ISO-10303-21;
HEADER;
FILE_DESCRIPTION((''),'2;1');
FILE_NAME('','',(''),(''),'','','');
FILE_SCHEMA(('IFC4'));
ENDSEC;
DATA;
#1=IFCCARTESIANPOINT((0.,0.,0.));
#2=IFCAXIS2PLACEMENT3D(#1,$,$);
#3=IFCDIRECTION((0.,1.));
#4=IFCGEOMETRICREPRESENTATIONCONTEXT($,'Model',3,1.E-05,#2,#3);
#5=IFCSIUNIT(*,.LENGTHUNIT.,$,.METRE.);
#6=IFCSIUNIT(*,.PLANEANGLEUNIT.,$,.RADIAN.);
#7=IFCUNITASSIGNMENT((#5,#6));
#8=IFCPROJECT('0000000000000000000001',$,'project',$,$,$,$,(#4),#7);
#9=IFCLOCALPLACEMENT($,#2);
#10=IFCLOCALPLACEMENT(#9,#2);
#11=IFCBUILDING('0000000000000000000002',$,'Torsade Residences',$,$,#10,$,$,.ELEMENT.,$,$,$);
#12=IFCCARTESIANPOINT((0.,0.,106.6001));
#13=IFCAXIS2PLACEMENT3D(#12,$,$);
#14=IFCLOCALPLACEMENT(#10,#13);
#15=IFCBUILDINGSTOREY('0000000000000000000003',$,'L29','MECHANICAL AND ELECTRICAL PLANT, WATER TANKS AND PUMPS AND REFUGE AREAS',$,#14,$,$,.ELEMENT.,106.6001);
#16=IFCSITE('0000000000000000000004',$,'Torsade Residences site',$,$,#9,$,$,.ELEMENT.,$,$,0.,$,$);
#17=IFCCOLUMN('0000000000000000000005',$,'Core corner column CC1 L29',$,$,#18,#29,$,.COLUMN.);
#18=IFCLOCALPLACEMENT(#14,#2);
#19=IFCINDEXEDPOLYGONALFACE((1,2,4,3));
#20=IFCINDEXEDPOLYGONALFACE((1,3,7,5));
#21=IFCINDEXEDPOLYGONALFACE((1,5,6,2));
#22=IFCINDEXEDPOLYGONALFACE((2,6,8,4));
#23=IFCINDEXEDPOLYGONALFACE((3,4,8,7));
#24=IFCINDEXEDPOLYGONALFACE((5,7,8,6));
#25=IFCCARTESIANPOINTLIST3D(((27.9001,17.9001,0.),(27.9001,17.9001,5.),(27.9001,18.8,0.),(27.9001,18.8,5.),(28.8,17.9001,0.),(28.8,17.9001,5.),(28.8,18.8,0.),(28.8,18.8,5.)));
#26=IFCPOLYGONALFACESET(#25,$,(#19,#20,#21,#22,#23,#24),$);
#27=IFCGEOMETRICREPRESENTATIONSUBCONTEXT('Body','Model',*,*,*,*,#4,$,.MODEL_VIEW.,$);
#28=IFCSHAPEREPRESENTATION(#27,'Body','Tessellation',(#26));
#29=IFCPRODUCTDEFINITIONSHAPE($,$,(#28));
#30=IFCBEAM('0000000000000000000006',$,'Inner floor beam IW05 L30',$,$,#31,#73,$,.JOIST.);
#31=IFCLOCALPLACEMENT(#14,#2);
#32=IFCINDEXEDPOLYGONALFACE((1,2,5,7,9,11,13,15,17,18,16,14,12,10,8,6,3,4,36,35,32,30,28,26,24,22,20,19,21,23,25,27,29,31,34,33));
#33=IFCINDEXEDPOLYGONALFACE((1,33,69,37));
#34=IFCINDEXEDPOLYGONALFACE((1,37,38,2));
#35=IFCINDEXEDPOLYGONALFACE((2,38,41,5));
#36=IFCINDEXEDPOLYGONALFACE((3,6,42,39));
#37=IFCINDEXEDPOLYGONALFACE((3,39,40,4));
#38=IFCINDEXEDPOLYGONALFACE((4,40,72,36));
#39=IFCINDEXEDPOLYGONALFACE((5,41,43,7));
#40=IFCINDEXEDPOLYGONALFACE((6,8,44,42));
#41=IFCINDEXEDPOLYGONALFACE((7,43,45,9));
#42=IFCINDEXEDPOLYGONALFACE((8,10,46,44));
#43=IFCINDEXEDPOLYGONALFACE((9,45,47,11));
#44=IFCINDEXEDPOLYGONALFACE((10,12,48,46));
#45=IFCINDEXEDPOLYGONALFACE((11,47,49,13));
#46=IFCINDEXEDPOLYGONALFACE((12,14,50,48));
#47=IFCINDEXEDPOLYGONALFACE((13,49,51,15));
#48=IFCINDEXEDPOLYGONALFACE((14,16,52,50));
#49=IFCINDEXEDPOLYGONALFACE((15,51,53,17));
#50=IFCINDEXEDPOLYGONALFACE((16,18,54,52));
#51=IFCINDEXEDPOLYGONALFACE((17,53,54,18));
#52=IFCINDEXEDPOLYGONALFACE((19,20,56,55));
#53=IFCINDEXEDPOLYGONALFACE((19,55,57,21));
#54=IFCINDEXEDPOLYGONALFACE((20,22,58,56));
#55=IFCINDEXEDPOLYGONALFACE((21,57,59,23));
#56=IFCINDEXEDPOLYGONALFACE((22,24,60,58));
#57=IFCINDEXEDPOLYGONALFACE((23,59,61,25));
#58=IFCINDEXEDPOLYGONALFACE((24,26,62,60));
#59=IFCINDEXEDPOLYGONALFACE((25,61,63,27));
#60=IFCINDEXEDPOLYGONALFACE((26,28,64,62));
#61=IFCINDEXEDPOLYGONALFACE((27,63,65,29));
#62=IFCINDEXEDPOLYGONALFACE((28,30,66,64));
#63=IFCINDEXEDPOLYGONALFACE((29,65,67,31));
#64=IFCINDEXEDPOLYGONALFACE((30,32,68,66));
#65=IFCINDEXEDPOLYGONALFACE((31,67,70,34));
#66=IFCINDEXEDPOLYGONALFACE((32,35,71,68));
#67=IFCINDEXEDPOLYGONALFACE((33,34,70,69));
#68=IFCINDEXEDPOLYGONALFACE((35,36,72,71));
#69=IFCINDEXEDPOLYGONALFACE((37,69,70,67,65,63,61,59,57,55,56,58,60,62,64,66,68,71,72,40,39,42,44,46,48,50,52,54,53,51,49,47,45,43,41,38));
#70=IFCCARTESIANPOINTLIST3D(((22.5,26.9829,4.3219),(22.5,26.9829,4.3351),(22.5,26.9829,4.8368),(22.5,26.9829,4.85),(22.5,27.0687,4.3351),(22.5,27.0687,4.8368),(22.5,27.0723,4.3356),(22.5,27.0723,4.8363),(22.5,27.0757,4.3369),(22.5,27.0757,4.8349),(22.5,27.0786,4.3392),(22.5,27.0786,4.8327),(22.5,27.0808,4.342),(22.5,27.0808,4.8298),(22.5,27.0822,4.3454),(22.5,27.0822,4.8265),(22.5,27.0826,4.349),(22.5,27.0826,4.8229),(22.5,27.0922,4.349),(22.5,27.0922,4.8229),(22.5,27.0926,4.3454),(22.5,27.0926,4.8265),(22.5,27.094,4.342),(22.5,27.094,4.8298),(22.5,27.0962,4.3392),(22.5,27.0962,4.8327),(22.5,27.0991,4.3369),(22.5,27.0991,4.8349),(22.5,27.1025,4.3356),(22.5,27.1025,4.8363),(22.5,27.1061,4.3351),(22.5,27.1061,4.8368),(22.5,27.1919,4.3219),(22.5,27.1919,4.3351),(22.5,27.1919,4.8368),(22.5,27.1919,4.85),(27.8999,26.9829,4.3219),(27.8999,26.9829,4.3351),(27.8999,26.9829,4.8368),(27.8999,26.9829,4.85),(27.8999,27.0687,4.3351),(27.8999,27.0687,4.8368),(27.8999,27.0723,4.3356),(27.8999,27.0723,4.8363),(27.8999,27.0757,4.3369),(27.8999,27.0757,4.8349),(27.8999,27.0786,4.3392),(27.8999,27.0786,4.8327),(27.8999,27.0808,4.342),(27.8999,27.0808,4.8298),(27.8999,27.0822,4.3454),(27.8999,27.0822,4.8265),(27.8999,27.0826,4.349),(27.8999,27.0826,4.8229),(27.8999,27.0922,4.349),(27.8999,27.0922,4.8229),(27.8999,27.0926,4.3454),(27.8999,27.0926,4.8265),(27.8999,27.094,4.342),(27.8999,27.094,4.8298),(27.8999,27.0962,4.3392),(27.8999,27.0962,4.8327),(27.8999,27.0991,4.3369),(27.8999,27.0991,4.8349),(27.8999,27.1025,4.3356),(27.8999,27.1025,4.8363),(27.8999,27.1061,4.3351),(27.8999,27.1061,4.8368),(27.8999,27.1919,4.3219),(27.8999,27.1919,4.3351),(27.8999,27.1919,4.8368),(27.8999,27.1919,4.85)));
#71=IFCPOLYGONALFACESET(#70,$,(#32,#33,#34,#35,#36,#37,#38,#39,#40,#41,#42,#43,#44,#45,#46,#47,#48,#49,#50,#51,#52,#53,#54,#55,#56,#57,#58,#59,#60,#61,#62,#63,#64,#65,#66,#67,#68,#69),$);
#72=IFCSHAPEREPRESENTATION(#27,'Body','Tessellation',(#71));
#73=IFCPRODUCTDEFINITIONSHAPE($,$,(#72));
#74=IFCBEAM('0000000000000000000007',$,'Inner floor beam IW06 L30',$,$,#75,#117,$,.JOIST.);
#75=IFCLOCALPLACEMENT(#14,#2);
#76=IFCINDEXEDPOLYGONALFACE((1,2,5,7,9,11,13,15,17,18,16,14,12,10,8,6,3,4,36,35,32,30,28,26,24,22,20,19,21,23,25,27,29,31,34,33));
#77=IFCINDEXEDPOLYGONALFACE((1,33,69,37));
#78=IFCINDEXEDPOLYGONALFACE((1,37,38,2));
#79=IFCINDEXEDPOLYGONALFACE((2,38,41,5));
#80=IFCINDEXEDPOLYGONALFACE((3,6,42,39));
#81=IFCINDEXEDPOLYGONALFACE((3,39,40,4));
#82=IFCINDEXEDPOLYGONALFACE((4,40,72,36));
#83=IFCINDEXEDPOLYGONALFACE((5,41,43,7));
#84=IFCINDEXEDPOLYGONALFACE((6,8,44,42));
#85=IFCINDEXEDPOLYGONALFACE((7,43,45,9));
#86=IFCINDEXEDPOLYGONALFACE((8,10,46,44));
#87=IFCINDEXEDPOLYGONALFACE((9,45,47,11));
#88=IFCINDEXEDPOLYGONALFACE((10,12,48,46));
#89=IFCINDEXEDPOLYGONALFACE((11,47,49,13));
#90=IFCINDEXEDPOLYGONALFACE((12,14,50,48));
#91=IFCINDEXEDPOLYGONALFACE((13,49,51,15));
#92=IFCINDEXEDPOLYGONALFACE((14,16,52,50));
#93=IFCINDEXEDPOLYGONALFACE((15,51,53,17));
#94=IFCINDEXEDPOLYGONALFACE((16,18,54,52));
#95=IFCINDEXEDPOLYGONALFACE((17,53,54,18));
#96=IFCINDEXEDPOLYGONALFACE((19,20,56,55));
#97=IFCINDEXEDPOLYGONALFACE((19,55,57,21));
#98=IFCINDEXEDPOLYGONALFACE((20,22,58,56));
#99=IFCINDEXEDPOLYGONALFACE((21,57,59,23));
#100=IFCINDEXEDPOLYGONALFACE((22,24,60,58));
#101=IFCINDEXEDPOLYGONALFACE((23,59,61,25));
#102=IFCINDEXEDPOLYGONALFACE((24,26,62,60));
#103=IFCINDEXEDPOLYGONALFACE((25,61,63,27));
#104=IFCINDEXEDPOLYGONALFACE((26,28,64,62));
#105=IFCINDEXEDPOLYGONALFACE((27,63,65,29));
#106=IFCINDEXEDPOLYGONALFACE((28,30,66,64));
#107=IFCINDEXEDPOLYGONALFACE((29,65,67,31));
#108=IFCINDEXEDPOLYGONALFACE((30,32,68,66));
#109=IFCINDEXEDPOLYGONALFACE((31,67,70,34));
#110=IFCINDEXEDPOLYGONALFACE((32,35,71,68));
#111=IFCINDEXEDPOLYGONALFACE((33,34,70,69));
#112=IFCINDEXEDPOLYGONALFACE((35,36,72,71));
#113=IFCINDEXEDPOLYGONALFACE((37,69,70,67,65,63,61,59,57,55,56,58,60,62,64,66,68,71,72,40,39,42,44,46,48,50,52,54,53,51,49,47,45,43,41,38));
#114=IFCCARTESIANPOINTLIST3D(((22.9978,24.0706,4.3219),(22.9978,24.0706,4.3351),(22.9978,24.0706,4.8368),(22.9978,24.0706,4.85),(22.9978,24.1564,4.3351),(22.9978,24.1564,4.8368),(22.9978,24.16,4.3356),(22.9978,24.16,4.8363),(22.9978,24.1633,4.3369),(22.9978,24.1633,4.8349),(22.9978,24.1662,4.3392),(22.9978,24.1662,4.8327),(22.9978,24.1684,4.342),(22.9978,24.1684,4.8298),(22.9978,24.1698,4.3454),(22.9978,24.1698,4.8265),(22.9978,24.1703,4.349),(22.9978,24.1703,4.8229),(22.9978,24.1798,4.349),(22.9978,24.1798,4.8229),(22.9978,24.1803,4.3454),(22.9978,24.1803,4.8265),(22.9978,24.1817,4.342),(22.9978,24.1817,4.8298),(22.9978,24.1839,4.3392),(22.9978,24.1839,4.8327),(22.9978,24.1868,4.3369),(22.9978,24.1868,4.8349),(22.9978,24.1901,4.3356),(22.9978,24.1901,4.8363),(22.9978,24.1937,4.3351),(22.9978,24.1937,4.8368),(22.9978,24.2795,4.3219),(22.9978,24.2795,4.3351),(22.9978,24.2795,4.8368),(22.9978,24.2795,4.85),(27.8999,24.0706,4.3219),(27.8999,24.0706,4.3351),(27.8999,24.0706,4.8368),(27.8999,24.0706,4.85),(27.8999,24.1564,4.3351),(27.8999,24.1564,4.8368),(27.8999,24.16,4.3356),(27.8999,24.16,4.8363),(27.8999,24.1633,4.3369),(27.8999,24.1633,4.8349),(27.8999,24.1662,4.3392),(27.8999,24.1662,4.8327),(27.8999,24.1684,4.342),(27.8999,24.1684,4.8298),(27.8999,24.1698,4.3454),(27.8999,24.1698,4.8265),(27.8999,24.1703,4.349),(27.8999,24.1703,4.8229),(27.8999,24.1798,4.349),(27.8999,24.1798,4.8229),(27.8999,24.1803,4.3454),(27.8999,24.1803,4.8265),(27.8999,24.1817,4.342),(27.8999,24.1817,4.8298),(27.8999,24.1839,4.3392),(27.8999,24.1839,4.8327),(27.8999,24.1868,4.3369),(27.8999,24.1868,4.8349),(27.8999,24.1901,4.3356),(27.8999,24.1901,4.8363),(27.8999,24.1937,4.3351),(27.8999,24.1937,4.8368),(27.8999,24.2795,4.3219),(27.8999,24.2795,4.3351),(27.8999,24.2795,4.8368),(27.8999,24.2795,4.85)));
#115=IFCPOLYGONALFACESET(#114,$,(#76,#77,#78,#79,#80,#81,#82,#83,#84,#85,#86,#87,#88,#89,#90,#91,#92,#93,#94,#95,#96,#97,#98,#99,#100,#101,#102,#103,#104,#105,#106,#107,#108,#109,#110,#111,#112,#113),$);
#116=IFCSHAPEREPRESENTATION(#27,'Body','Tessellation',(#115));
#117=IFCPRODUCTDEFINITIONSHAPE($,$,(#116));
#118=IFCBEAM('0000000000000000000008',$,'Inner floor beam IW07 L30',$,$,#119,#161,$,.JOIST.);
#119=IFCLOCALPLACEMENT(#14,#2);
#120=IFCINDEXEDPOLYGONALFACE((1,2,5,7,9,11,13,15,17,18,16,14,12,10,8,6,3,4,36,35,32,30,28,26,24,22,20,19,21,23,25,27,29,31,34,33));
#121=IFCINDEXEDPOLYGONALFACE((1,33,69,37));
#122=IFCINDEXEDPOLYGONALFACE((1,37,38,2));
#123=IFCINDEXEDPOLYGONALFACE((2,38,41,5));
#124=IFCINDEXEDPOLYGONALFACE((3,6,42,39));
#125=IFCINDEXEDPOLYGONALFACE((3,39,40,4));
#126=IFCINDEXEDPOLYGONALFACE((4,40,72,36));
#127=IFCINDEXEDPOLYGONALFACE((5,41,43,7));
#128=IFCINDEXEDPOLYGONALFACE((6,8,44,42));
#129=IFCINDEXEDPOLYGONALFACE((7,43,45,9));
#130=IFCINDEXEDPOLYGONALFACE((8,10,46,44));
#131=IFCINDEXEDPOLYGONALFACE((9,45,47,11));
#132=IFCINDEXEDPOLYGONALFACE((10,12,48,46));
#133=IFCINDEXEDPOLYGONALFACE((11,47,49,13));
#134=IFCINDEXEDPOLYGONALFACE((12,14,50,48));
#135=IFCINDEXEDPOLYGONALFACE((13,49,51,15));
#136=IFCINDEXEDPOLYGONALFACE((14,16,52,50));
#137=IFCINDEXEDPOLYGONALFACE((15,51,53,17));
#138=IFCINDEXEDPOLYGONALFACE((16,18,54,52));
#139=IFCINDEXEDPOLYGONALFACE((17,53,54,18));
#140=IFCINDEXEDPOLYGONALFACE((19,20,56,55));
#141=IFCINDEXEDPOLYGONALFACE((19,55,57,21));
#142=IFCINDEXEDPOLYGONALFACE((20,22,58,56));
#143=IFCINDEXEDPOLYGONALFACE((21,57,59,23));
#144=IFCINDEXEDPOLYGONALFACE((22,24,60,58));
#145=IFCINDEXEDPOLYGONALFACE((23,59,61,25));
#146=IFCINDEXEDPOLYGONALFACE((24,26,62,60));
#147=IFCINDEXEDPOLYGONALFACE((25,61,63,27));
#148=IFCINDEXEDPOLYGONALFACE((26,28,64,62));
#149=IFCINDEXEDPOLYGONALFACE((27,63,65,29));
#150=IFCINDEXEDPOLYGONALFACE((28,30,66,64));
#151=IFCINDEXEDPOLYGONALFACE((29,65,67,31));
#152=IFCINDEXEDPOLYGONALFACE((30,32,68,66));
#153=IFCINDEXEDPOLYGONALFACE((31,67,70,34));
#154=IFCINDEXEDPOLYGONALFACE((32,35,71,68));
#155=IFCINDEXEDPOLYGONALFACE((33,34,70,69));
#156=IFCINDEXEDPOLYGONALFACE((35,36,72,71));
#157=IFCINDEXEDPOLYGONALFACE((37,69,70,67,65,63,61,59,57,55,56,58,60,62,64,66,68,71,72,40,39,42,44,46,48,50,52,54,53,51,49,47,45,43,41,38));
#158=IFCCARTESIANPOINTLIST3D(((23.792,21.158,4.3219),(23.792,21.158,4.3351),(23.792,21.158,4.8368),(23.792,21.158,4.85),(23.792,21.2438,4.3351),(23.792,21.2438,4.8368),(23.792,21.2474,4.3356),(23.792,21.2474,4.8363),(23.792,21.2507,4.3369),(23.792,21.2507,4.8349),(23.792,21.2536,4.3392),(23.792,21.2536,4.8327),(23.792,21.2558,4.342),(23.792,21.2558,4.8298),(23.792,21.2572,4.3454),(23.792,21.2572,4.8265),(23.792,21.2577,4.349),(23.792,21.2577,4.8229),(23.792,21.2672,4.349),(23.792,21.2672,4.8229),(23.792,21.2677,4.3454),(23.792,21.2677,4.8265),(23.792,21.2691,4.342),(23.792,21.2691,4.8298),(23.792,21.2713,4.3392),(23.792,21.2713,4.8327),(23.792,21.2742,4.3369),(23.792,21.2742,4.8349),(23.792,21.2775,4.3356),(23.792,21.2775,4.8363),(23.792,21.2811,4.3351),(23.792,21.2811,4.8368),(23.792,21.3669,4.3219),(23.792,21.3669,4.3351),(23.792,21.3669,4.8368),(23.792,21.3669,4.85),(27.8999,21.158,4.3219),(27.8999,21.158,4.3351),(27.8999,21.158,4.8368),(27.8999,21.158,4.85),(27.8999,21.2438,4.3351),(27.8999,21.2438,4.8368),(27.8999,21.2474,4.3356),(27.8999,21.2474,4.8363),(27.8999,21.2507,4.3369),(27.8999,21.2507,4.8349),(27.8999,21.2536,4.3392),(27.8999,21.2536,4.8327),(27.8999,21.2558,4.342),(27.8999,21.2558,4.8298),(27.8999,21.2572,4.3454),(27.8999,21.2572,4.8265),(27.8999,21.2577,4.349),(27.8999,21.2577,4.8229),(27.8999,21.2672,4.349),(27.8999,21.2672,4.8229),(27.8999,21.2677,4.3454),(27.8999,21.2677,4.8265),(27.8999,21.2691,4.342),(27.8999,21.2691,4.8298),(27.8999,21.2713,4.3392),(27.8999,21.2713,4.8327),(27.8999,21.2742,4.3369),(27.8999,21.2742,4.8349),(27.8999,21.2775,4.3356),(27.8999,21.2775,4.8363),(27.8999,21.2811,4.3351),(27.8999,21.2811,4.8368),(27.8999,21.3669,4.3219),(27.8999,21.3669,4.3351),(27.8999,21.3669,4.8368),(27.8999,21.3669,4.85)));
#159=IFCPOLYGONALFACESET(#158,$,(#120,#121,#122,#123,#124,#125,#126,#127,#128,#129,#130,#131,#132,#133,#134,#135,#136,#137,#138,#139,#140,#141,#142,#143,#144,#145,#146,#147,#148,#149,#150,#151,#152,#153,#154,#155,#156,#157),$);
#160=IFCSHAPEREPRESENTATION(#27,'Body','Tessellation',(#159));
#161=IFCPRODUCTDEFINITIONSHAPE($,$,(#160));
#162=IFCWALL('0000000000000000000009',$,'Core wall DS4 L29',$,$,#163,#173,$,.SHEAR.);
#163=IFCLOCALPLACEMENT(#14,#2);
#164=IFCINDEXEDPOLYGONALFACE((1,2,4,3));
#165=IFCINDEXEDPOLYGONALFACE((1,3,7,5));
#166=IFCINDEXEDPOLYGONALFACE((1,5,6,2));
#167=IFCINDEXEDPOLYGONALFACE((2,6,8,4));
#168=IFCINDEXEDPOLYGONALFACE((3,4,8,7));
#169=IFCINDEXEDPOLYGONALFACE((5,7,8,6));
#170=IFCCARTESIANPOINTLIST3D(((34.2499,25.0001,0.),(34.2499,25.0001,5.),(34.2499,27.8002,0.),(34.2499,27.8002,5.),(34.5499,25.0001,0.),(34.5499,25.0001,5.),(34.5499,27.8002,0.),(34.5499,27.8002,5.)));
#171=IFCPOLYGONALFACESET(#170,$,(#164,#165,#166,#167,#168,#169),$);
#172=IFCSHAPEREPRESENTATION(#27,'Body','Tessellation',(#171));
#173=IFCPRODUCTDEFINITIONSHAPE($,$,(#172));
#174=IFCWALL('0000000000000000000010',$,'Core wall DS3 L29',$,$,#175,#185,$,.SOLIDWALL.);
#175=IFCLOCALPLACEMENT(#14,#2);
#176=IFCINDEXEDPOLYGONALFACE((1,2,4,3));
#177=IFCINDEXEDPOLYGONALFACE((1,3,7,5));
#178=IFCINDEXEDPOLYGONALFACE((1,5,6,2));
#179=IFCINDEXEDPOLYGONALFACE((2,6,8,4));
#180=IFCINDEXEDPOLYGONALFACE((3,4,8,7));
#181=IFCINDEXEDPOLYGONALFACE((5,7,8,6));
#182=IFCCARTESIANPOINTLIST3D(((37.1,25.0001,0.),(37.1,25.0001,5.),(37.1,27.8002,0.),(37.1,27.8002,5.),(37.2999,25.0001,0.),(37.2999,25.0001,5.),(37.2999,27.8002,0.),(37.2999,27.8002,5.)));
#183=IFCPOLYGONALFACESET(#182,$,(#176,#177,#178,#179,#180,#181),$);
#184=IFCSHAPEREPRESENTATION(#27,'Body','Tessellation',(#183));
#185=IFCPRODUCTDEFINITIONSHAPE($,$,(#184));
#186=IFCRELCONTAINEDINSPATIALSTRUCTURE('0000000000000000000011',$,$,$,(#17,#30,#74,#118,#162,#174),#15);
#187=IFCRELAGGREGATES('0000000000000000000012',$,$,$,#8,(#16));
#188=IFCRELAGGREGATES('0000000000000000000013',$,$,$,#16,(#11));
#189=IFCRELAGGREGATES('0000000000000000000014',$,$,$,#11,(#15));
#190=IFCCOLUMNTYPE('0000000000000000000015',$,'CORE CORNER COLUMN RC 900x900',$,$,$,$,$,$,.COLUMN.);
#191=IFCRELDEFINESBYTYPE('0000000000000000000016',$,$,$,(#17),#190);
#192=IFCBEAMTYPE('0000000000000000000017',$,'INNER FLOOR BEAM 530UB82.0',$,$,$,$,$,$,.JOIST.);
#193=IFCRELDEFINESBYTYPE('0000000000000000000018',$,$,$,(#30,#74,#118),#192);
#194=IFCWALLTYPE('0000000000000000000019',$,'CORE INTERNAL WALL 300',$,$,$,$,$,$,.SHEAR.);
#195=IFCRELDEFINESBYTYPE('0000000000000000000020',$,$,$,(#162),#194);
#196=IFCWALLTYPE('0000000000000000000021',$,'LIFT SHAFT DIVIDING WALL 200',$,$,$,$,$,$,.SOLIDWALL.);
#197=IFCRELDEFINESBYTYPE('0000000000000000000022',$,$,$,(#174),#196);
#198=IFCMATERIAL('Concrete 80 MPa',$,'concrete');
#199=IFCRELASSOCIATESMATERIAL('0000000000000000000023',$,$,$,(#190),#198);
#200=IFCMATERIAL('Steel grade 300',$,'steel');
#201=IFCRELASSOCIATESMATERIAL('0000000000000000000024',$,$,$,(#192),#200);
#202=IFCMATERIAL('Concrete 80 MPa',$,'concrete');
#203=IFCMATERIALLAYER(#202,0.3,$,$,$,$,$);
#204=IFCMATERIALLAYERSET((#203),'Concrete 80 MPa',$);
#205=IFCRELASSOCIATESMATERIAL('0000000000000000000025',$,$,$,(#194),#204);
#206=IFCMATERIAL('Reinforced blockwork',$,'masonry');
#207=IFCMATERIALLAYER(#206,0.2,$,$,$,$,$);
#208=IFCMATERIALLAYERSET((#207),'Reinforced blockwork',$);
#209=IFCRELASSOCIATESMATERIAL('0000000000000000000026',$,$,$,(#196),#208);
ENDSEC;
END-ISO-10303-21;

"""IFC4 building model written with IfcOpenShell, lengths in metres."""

from ifc_helpers import new_model, si_unit, direction, frame, frame_2d, origin, origin_2d, place, context, subcontext, project, spatial, rectangle, i_section, extrude, material, layer, layer_set, material_profile, profile_set, type_object, element, save


model = new_model("IFC4")

# Units and contexts
model_context = context("Model", 3, precision=1e-05, world=origin(), true_north=direction((0.0, 1.0)))
body_context = subcontext(model_context, "Body", "Model", "MODEL_VIEW")
ifc_project = project(units=[si_unit("LENGTHUNIT", "METRE"), si_unit("PLANEANGLEUNIT", "RADIAN")], contexts=[model_context])

# Site, building, storey
site_placement = place(None, origin())
site = spatial("IfcSite", under=ifc_project, at=site_placement, Name="Torsade Residences site", CompositionType="ELEMENT", RefElevation=0.0)
building_placement = place(site_placement, origin())
building = spatial("IfcBuilding", under=site, at=building_placement, Name="Torsade Residences", CompositionType="ELEMENT")
storey_placement = place(building_placement, frame((0.0, 0.0, 106.6001)))
storey = spatial("IfcBuildingStorey", under=building, at=storey_placement, Name="L29", Description="MECHANICAL AND ELECTRICAL PLANT, WATER TANKS AND PUMPS AND REFUGE AREAS", CompositionType="ELEMENT", Elevation=106.6001)

# Column
ifc_material_1 = material(Name="Concrete 80 MPa", Category="concrete")
ifc_material_profile_1 = material_profile(ifc_material_1, rectangle(XDim=0.8999, YDim=0.8999, at=origin_2d()), Name="RC 900x900")
ifc_profile_set_1 = profile_set([ifc_material_profile_1], Name="Concrete 80 MPa")
column_type = type_object("IfcColumnType", Name="CORE CORNER COLUMN RC 900x900", PredefinedType="COLUMN", material=ifc_profile_set_1)
column_placement = place(storey_placement, frame((28.3501, 18.3501, 0.0), z_axis=(0.0, 0.0, 1.0), x_axis=(1.0, 0.0, 0.0)))
element("IfcColumn", 1, at=column_placement, inside=storey, type_object=column_type, Name="Core corner column CC1 L29", PredefinedType="COLUMN", context=body_context, shape_type="SweptSolid", body=[
    extrude(rectangle(XDim=0.8999, YDim=0.8999, at=origin_2d()), origin(), (0.0, 0.0, 1.0), 5.0),
])

# Beams
ifc_material_2 = material(Name="Steel grade 300", Category="steel")
ifc_material_profile_2 = material_profile(ifc_material_2, i_section(OverallWidth=0.209, OverallDepth=0.5281, WebThickness=0.0095, FlangeThickness=0.0132, FilletRadius=0.0139, at=origin_2d()), Name="530UB82.0")
ifc_profile_set_2 = profile_set([ifc_material_profile_2], Name="Steel grade 300")
beam_type = type_object("IfcBeamType", Name="INNER FLOOR BEAM 530UB82.0", PredefinedType="JOIST", material=ifc_profile_set_2)
beam_1_placement = place(storey_placement, frame((27.8999, 27.0874, 4.5859), z_axis=(-1.0, 0.0, 0.0), x_axis=(0.0, -1.0, 0.0)))
element("IfcBeam", 2, at=beam_1_placement, inside=storey, type_object=beam_type, Name="Inner floor beam IW05 L30", PredefinedType="JOIST", context=body_context, shape_type="SweptSolid", body=[
    extrude(i_section(OverallWidth=0.209, OverallDepth=0.5281, WebThickness=0.0095, FlangeThickness=0.0132, FilletRadius=0.0139, at=origin_2d()), origin(), (0.0, 0.0, 1.0), 5.3999),
])
beam_2_placement = place(storey_placement, frame((27.8999, 24.175, 4.5859), z_axis=(-1.0, 0.0, 0.0), x_axis=(0.0, -1.0, 0.0)))
element("IfcBeam", 3, at=beam_2_placement, inside=storey, type_object=beam_type, Name="Inner floor beam IW06 L30", PredefinedType="JOIST", context=body_context, shape_type="SweptSolid", body=[
    extrude(i_section(OverallWidth=0.209, OverallDepth=0.5281, WebThickness=0.0095, FlangeThickness=0.0132, FilletRadius=0.0139, at=origin_2d()), origin(), (0.0, 0.0, 1.0), 4.9021),
])
beam_3_placement = place(storey_placement, frame((27.8999, 21.2625, 4.5859), z_axis=(-1.0, 0.0, 0.0), x_axis=(0.0, -1.0, 0.0)))
element("IfcBeam", 4, at=beam_3_placement, inside=storey, type_object=beam_type, Name="Inner floor beam IW07 L30", PredefinedType="JOIST", context=body_context, shape_type="SweptSolid", body=[
    extrude(i_section(OverallWidth=0.209, OverallDepth=0.5281, WebThickness=0.0095, FlangeThickness=0.0132, FilletRadius=0.0139, at=origin_2d()), origin(), (0.0, 0.0, 1.0), 4.1079),
])

# Walls
ifc_material_3 = material(Name="Concrete 80 MPa", Category="concrete")
ifc_layer_1 = layer(ifc_material_3, 0.3)
ifc_layer_set_1 = layer_set([ifc_layer_1], Name="Concrete 80 MPa")
wall_type_1 = type_object("IfcWallType", Name="CORE INTERNAL WALL 300", PredefinedType="SHEAR", material=ifc_layer_set_1)
wall_1_placement = place(storey_placement, frame((34.3999, 27.8, 0.0), z_axis=(0.0, 0.0, 1.0), x_axis=(0.0, -1.0, 0.0)))
element("IfcWall", 5, at=wall_1_placement, inside=storey, type_object=wall_type_1, Name="Core wall DS4 L29", PredefinedType="SHEAR", context=body_context, shape_type="SweptSolid", body=[
    extrude(rectangle(XDim=2.8, YDim=0.3, at=frame_2d((1.3999, 0.0))), origin(), (0.0, 0.0, 1.0), 5.0),
])
ifc_material_4 = material(Name="Reinforced blockwork", Category="masonry")
ifc_layer_2 = layer(ifc_material_4, 0.2)
ifc_layer_set_2 = layer_set([ifc_layer_2], Name="Reinforced blockwork")
wall_type_2 = type_object("IfcWallType", Name="LIFT SHAFT DIVIDING WALL 200", PredefinedType="SOLIDWALL", material=ifc_layer_set_2)
wall_2_placement = place(storey_placement, frame((37.2, 27.8, 0.0), z_axis=(0.0, 0.0, 1.0), x_axis=(0.0, -1.0, 0.0)))
element("IfcWall", 6, at=wall_2_placement, inside=storey, type_object=wall_type_2, Name="Core wall DS3 L29", PredefinedType="SOLIDWALL", context=body_context, shape_type="SweptSolid", body=[
    extrude(rectangle(XDim=2.8, YDim=0.2, at=frame_2d((1.3999, 0.0))), origin(), (0.0, 0.0, 1.0), 5.0),
])

save(model, "model.ifc")
